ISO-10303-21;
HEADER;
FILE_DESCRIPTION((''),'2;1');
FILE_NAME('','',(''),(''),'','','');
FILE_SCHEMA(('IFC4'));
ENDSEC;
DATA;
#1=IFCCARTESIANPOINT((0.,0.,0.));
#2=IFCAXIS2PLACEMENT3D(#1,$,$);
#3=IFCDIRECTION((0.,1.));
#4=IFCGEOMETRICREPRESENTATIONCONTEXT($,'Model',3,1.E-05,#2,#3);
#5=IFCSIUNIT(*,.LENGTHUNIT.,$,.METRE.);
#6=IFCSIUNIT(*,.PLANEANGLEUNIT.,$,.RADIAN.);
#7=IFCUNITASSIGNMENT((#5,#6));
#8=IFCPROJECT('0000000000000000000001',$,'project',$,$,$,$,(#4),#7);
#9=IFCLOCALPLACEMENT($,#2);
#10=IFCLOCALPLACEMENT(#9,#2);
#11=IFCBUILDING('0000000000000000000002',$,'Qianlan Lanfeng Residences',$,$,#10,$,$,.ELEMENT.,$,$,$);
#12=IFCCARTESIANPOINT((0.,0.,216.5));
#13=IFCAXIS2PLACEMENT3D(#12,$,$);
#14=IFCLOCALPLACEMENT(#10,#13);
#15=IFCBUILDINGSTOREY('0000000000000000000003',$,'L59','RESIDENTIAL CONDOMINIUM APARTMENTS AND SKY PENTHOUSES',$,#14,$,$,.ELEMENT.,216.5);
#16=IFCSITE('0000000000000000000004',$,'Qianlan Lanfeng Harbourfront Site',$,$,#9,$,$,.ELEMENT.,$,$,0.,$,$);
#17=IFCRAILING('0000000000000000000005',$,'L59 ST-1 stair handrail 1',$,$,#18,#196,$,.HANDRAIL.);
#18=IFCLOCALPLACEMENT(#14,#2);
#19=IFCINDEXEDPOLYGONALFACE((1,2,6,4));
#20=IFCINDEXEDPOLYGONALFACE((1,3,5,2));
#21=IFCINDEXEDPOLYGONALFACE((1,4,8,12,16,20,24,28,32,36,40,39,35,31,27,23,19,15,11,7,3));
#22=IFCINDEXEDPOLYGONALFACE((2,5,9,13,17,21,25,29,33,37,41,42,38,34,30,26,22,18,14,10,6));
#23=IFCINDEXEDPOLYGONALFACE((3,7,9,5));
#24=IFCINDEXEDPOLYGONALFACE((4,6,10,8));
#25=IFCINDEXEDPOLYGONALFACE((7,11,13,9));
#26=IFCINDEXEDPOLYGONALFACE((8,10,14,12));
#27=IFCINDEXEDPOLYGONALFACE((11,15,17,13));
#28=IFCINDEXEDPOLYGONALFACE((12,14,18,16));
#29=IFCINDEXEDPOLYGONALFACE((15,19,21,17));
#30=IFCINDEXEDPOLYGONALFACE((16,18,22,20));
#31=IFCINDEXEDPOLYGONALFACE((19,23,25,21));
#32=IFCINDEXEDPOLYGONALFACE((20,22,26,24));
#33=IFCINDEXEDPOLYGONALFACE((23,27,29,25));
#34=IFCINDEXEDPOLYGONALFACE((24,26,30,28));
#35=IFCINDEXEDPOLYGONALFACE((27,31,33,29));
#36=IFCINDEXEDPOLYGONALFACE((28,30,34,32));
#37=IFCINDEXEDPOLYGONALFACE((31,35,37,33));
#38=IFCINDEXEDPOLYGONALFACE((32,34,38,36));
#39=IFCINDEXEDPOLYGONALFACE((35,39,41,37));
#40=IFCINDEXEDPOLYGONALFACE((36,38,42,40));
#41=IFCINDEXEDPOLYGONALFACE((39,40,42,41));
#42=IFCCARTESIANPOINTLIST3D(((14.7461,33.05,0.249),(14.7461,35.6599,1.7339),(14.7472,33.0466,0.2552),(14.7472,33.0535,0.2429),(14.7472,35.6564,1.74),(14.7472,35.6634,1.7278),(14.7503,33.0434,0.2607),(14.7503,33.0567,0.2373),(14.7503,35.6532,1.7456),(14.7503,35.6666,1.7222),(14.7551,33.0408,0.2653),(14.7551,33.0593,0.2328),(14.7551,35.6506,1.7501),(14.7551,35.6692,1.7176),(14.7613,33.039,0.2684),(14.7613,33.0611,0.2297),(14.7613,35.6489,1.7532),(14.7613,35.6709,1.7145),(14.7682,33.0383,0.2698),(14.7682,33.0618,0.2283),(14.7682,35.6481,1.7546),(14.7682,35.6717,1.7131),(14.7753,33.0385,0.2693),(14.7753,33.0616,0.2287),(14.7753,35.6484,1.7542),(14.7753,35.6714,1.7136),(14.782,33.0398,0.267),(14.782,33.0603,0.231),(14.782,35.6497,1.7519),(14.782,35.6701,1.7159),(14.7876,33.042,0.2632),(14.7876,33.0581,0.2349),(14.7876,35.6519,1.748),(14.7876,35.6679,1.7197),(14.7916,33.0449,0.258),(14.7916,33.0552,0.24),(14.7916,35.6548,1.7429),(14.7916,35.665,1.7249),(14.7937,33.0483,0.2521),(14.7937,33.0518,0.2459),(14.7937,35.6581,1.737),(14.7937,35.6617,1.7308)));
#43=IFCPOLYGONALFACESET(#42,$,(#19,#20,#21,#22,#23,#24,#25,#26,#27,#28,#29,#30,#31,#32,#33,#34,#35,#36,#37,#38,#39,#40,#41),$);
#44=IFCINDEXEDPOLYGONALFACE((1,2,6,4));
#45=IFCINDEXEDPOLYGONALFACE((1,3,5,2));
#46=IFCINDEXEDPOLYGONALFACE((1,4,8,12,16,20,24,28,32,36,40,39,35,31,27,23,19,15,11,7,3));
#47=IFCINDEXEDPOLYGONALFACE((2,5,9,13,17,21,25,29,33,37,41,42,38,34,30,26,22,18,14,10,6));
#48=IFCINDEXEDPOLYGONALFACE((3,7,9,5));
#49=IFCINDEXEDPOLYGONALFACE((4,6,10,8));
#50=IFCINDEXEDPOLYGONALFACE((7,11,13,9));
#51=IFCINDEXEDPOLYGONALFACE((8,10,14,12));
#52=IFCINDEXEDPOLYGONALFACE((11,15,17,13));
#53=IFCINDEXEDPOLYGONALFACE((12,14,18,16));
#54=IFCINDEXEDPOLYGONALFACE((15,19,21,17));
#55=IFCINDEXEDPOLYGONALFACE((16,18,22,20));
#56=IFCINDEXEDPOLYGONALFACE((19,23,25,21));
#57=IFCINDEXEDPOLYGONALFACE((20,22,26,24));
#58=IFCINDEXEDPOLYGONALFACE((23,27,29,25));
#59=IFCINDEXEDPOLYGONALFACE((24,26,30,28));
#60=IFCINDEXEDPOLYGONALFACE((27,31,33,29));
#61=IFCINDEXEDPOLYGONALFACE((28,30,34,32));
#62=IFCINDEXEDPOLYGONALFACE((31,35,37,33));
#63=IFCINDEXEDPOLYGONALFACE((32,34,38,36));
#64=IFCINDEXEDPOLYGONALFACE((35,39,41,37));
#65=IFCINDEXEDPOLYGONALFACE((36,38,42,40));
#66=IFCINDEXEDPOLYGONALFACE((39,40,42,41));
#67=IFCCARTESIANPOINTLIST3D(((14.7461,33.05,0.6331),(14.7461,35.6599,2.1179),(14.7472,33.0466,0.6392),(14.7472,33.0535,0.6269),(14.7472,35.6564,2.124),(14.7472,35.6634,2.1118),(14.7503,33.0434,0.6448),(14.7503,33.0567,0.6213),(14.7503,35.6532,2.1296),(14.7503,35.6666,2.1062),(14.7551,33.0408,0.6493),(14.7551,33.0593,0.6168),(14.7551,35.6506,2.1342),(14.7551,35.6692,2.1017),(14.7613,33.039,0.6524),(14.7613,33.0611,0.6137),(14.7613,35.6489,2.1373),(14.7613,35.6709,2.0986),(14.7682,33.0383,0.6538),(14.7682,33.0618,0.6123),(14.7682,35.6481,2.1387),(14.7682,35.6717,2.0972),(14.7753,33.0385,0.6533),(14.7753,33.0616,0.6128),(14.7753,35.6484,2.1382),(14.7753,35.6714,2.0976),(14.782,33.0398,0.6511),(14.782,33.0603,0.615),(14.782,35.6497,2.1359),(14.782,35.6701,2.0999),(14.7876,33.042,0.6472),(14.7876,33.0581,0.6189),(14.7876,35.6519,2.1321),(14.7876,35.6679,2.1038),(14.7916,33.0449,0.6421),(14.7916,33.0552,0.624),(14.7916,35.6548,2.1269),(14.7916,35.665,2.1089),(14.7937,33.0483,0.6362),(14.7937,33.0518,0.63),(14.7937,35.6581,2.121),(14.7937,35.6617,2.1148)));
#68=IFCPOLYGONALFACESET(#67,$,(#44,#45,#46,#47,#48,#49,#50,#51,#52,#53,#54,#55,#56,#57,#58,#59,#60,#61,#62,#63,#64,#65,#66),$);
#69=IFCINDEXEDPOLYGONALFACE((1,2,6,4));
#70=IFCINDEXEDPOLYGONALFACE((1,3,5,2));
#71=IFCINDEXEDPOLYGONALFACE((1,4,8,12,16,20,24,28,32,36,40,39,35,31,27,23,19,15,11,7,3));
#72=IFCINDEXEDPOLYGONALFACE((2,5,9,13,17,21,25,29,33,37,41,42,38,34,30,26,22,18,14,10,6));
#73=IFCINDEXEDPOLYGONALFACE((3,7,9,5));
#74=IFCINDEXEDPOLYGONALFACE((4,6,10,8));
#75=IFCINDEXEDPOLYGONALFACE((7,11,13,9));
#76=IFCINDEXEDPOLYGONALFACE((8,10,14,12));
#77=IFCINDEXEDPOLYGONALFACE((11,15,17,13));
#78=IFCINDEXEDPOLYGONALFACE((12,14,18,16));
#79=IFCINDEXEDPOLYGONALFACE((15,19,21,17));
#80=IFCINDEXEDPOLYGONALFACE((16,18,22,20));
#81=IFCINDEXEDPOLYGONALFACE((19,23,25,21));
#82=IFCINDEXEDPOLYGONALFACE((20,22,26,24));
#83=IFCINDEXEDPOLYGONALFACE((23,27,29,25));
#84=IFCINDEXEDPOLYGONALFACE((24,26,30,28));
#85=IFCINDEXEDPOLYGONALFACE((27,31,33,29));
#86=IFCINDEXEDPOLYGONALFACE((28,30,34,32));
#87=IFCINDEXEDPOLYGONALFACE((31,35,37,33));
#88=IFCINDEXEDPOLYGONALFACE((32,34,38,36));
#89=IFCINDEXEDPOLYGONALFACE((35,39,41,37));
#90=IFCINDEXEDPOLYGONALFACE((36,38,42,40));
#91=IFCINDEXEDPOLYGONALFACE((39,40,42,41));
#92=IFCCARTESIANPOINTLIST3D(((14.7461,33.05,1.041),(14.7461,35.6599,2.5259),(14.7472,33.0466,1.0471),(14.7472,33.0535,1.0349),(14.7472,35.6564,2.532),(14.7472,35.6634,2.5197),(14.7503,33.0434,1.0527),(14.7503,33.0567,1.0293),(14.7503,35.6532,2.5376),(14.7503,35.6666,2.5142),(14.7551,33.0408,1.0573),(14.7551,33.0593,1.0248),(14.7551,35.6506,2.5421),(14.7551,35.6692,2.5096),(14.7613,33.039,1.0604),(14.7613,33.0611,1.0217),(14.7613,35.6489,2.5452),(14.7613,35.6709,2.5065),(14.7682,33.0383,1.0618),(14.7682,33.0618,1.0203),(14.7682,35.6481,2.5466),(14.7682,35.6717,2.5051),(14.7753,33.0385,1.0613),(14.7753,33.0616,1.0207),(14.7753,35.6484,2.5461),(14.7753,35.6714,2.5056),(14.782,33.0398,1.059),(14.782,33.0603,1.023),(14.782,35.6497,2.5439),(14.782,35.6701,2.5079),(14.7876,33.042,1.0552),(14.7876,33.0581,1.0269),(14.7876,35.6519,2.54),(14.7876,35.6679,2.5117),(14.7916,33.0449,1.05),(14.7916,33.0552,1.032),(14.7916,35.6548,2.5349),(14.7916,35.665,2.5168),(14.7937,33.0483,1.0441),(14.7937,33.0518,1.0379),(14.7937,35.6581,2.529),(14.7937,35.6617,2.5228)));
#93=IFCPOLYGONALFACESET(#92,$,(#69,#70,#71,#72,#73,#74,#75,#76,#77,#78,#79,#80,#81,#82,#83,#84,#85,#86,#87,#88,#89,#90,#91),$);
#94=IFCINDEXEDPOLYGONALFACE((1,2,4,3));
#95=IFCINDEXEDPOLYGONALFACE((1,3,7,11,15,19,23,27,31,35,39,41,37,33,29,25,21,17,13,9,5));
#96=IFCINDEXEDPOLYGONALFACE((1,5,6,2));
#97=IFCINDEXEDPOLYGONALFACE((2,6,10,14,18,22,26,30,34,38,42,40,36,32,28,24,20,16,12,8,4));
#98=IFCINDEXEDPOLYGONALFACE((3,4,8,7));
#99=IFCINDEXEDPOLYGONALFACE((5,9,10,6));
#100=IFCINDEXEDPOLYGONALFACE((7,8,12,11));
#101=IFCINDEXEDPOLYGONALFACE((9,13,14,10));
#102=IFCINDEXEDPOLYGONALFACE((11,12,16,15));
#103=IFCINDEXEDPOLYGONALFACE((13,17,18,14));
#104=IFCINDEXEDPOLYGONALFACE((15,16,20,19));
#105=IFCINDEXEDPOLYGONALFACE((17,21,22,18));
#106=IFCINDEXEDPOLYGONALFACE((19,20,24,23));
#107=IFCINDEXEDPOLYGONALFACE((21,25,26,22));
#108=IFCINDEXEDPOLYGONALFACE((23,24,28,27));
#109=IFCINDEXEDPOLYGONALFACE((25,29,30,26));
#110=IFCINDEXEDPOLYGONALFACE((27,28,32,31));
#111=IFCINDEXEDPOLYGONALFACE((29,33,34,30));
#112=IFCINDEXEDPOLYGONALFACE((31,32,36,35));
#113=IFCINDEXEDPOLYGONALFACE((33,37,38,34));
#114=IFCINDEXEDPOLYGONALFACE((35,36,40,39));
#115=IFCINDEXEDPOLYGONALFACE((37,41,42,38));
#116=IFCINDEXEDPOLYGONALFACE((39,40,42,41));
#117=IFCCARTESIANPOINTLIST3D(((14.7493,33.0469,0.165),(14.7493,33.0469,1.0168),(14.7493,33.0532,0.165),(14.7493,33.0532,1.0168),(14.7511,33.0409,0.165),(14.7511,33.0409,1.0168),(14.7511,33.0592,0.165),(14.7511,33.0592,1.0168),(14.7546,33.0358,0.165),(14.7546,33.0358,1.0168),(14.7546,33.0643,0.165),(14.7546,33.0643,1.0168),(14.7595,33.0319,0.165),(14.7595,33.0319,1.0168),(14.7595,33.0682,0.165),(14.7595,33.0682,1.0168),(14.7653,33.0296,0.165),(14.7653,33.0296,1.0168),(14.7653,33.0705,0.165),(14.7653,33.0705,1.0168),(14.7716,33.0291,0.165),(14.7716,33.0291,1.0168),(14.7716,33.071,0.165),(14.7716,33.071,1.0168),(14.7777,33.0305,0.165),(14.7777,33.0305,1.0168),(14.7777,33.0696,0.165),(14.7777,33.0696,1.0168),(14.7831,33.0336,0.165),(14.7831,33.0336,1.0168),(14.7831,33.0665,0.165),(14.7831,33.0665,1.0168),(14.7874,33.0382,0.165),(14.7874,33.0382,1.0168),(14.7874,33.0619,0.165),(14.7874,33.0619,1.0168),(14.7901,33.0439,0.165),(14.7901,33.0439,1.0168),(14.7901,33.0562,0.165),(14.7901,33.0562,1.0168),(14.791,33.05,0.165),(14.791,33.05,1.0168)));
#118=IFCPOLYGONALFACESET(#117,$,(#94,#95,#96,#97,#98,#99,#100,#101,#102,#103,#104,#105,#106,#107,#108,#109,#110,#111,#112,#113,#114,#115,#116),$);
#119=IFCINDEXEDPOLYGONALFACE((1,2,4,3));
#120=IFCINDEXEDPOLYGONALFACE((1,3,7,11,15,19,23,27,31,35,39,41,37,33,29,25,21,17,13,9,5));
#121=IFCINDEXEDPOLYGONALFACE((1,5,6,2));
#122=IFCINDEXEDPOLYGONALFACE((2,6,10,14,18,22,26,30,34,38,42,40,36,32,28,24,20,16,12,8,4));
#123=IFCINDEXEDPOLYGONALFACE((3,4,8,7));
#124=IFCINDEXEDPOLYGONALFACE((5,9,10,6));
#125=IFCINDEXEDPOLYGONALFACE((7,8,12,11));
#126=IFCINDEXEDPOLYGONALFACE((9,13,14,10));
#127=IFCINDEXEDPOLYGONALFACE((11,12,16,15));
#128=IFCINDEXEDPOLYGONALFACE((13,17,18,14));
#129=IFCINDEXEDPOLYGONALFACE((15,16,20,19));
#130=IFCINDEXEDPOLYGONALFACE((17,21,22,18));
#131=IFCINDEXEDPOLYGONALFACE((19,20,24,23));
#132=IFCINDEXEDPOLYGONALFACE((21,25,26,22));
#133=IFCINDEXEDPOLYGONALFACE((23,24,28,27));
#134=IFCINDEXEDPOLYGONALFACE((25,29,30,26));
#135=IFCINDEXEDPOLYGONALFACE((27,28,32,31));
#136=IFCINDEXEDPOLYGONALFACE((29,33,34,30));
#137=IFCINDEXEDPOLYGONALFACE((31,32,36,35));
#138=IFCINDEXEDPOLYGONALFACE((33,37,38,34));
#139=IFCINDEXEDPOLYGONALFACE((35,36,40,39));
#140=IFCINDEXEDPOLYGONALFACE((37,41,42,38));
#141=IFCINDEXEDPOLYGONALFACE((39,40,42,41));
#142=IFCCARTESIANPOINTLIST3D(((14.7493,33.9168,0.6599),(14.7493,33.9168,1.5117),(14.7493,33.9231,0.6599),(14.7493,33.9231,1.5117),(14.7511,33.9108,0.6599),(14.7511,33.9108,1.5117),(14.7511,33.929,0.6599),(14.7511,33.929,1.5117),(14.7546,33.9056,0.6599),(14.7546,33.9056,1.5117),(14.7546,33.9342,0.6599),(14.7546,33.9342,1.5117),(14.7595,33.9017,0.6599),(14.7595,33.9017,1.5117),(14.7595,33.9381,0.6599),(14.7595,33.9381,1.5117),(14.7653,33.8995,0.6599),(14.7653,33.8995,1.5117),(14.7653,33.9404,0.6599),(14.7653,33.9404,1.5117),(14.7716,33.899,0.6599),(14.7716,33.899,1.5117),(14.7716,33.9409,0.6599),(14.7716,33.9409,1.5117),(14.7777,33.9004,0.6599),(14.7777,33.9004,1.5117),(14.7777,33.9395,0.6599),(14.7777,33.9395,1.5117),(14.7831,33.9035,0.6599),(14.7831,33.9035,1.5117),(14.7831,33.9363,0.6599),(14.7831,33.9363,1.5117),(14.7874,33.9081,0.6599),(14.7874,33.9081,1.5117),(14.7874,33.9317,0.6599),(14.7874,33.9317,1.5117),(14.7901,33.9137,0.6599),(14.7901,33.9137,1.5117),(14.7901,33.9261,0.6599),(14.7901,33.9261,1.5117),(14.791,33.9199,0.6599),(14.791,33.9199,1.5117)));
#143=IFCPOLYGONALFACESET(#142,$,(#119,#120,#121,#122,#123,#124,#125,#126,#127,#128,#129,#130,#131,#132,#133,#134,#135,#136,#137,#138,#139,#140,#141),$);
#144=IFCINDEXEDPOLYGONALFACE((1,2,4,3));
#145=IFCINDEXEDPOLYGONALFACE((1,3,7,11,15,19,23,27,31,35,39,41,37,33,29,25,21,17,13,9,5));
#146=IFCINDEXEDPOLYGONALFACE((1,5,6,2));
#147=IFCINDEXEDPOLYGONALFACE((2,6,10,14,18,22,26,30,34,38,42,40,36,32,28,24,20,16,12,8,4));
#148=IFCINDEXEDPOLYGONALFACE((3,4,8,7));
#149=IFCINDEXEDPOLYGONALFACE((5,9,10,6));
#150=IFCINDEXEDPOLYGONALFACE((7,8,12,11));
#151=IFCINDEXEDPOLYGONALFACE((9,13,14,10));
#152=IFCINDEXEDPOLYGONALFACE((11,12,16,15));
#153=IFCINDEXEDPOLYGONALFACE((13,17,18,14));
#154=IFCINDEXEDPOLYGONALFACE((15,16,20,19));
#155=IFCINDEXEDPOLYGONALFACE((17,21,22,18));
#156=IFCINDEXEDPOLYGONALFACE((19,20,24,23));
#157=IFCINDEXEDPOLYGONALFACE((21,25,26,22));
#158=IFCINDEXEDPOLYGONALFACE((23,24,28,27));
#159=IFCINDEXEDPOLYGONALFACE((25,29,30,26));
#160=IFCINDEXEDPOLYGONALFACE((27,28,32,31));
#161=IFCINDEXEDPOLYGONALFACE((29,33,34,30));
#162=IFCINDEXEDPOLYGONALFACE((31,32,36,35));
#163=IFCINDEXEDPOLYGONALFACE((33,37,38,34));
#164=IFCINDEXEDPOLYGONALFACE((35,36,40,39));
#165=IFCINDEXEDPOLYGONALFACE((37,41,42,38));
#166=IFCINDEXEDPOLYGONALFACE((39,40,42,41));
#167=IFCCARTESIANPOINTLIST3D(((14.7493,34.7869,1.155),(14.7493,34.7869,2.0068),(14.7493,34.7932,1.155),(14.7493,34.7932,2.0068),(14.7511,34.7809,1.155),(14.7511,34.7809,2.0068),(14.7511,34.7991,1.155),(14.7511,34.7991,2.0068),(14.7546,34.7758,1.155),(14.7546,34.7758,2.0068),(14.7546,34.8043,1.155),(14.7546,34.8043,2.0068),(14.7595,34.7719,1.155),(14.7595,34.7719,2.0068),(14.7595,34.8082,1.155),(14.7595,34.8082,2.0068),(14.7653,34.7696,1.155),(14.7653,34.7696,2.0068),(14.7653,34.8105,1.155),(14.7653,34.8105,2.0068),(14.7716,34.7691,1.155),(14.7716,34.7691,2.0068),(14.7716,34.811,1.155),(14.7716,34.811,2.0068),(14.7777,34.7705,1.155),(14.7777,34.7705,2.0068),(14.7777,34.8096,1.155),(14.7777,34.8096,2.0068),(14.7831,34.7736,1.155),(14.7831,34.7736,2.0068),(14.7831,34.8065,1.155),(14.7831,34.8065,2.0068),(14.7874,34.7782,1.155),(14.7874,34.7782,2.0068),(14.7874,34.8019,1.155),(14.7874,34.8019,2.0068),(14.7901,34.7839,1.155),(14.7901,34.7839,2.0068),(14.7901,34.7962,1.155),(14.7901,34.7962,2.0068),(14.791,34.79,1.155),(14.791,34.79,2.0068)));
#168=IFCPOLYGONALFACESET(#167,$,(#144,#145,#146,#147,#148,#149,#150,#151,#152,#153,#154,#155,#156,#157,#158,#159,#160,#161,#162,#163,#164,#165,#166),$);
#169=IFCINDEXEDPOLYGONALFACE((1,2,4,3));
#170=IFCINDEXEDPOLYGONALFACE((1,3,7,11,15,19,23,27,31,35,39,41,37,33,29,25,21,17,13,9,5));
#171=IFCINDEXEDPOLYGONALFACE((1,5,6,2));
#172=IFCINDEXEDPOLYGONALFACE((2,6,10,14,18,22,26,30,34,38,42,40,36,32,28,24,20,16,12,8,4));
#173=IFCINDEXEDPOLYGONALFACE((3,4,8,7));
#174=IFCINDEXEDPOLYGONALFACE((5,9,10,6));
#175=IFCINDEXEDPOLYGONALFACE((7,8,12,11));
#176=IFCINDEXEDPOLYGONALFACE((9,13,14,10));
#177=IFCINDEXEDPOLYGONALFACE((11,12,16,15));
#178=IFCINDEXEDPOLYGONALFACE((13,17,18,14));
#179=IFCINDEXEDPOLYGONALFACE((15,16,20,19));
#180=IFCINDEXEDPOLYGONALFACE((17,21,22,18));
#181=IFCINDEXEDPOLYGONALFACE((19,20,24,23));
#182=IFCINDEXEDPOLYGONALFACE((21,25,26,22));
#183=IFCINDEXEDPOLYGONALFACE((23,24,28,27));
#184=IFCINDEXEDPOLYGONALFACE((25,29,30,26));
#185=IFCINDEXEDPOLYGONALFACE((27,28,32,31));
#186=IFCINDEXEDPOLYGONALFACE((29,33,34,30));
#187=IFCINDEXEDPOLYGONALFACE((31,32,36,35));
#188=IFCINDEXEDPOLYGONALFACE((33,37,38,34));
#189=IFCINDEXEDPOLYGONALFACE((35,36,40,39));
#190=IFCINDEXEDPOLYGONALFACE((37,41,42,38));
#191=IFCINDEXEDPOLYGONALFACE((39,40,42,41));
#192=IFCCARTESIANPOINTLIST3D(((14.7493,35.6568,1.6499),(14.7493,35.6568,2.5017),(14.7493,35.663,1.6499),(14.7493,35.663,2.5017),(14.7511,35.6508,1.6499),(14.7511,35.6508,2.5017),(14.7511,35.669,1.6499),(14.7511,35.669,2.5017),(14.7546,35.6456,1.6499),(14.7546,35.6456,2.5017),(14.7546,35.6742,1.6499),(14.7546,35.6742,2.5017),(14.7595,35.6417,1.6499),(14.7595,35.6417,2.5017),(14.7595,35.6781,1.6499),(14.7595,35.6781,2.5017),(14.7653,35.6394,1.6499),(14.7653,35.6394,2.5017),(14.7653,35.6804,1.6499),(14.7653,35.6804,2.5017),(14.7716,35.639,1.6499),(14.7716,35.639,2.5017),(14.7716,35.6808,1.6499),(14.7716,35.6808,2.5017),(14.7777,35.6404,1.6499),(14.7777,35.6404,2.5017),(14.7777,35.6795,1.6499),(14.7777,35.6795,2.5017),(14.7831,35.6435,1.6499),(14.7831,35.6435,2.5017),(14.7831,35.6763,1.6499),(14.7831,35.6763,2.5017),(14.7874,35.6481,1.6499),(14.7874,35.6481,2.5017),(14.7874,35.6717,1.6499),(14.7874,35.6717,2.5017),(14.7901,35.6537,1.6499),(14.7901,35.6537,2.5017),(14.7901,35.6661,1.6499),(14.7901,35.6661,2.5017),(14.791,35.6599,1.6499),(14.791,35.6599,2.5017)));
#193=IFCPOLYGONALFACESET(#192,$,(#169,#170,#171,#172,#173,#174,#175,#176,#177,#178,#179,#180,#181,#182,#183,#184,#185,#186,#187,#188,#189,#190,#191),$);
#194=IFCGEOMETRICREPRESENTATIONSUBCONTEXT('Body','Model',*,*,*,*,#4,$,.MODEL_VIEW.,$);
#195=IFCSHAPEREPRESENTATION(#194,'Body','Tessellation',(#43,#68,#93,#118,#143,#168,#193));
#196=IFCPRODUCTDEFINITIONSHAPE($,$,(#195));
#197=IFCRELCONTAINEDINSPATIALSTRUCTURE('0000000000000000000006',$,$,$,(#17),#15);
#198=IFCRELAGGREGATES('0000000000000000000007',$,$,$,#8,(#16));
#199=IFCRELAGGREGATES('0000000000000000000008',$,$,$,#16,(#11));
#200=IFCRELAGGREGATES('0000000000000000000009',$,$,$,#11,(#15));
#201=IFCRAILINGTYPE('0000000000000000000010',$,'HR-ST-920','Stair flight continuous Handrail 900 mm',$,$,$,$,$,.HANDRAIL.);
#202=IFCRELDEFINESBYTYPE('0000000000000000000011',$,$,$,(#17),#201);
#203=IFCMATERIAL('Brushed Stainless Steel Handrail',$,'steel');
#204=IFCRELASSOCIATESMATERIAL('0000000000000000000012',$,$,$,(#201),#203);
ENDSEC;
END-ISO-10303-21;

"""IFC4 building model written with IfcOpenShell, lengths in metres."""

from ifc_helpers import new_model, si_unit, direction, frame, origin, origin_2d, place, context, subcontext, project, spatial, circle, extrude, material, type_object, element, save


model = new_model("IFC4")

# Units and contexts
model_context = context("Model", 3, precision=1e-05, world=origin(), true_north=direction((0.0, 1.0)))
body_context = subcontext(model_context, "Body", "Model", "MODEL_VIEW")
ifc_project = project(units=[si_unit("LENGTHUNIT", "METRE"), si_unit("PLANEANGLEUNIT", "RADIAN")], contexts=[model_context])

# Site, building, storey
site_placement = place(None, origin())
site = spatial("IfcSite", under=ifc_project, at=site_placement, Name="Qianlan Lanfeng Harbourfront Site", CompositionType="ELEMENT", RefElevation=0.0)
building_placement = place(site_placement, origin())
building = spatial("IfcBuilding", under=site, at=building_placement, Name="Qianlan Lanfeng Residences", CompositionType="ELEMENT")
storey_placement = place(building_placement, frame((0.0, 0.0, 216.5)))
storey = spatial("IfcBuildingStorey", under=building, at=storey_placement, Name="L59", Description="RESIDENTIAL CONDOMINIUM APARTMENTS AND SKY PENTHOUSES", CompositionType="ELEMENT", Elevation=216.5)

# Railing
ifc_material_1 = material(Name="Brushed Stainless Steel Handrail", Category="steel")
railing_type_1 = type_object("IfcRailingType", Name="HR-ST-920", Description="Stair flight continuous Handrail 900 mm", PredefinedType="HANDRAIL", material=ifc_material_1)
railing_1_placement = place(storey_placement, frame((14.77, 33.05, 0.165)))
element("IfcRailing", 1, at=railing_1_placement, inside=storey, type_object=railing_type_1, Name="L59 ST-1 stair handrail 1", PredefinedType="HANDRAIL", context=body_context, shape_type="SweptSolid", body=[
    extrude(circle(Radius=0.0239, at=origin_2d()), frame((0.0, 0.0, 0.084), z_axis=(0.0, 0.869172, 0.494509), x_axis=(-1.0, 0.0, 0.0)), (0.0, 0.0, 1.0), 3.0027),
    extrude(circle(Radius=0.0239, at=origin_2d()), frame((0.0, 0.0, 0.468), z_axis=(0.0, 0.869172, 0.494509), x_axis=(-1.0, 0.0, 0.0)), (0.0, 0.0, 1.0), 3.0027),
    extrude(circle(Radius=0.0239, at=origin_2d()), frame((0.0, 0.0, 0.876), z_axis=(0.0, 0.869172, 0.494509), x_axis=(-1.0, 0.0, 0.0)), (0.0, 0.0, 1.0), 3.0027),
    extrude(circle(Radius=0.021, at=origin_2d()), origin(), (0.0, 0.0, 1.0), 0.8518),
    extrude(circle(Radius=0.021, at=origin_2d()), frame((0.0, 0.8699, 0.4949)), (0.0, 0.0, 1.0), 0.8518),
    extrude(circle(Radius=0.021, at=origin_2d()), frame((0.0, 1.74, 0.99)), (0.0, 0.0, 1.0), 0.8518),
    extrude(circle(Radius=0.021, at=origin_2d()), frame((0.0, 2.6099, 1.4849)), (0.0, 0.0, 1.0), 0.8518),
])

save(model, "model.ifc")
